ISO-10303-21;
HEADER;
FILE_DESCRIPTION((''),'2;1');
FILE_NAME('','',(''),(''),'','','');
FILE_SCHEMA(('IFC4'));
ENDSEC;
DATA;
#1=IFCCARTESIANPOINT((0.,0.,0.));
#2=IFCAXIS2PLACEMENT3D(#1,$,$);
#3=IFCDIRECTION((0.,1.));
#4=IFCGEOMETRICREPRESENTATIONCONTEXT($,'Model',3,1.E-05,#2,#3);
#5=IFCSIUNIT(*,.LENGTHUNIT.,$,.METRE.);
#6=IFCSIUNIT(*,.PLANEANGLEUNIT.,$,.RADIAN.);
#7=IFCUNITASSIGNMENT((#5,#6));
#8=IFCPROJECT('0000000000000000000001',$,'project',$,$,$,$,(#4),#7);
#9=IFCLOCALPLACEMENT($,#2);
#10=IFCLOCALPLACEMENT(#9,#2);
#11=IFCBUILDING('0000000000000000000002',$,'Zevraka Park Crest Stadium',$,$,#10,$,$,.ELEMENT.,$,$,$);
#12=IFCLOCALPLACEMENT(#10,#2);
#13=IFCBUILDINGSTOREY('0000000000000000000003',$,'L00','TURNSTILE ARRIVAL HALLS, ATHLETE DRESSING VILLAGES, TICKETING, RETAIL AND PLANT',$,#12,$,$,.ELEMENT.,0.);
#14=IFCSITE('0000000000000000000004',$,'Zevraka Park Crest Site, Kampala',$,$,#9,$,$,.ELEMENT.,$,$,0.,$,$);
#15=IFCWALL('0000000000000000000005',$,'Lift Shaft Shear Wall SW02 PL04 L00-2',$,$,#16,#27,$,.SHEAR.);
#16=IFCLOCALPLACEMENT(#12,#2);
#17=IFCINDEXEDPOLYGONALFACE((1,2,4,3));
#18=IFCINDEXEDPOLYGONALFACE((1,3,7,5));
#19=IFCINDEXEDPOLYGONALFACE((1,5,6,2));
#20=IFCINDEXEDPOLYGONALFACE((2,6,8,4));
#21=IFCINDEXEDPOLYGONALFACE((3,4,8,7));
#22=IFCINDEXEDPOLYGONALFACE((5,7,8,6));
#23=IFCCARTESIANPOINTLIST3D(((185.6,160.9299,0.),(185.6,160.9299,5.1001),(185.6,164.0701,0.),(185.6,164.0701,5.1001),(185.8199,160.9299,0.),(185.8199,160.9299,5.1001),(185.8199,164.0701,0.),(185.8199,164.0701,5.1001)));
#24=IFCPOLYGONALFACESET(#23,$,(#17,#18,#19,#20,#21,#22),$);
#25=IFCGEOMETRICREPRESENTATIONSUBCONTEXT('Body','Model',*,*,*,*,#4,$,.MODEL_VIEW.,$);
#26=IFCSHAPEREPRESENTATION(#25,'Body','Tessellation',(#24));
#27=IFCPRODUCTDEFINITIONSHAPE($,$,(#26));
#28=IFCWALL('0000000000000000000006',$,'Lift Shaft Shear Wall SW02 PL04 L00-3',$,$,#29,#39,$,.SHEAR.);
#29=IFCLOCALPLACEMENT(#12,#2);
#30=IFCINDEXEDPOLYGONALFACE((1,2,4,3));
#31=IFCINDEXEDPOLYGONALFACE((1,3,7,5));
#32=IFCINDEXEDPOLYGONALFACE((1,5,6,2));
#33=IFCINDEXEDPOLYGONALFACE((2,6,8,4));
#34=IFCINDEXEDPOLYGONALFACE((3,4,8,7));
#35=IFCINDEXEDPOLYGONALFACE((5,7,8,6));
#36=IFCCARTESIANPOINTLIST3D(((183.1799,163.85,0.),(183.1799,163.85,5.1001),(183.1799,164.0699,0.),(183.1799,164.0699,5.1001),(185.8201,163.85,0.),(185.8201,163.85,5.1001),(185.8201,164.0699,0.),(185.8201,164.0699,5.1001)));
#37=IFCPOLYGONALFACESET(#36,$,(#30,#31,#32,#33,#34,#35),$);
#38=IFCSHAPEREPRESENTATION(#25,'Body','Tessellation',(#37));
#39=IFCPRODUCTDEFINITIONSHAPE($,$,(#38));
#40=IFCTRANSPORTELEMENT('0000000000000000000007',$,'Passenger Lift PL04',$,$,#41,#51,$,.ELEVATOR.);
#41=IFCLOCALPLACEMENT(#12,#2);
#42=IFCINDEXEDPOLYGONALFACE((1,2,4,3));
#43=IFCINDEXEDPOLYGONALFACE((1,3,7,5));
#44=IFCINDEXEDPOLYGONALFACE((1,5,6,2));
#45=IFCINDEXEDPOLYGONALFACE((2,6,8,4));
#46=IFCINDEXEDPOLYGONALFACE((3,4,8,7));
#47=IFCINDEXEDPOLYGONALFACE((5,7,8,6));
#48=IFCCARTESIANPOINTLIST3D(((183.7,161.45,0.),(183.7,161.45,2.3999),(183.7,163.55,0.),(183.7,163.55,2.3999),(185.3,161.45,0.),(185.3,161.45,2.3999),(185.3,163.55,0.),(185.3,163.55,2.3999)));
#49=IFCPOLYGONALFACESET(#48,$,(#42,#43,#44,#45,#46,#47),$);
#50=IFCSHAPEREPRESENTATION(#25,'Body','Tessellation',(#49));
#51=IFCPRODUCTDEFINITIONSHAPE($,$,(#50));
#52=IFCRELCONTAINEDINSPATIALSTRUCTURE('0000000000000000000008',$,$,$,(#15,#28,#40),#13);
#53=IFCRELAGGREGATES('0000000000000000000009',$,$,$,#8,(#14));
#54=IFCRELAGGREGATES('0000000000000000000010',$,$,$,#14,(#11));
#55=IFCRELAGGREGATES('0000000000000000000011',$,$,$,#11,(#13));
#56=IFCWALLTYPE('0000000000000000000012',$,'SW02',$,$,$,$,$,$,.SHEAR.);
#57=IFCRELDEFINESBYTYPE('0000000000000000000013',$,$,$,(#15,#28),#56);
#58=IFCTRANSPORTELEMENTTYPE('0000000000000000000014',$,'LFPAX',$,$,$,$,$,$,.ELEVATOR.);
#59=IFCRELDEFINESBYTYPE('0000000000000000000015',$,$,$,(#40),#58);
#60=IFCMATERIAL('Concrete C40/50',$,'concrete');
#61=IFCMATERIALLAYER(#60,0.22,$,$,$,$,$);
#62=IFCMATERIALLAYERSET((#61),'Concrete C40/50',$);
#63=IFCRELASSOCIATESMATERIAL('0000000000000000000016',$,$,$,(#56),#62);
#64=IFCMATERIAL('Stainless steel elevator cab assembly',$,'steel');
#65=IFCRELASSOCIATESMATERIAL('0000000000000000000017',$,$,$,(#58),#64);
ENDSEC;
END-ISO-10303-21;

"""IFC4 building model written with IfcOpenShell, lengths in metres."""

from ifc_helpers import new_model, si_unit, direction, frame, frame_2d, origin, origin_2d, place, context, subcontext, project, spatial, rectangle, extrude, material, layer, layer_set, type_object, element, save


model = new_model("IFC4")

# Units and contexts
model_context = context("Model", 3, precision=1e-05, world=origin(), true_north=direction((0.0, 1.0)))
body_context = subcontext(model_context, "Body", "Model", "MODEL_VIEW")
ifc_project = project(units=[si_unit("LENGTHUNIT", "METRE"), si_unit("PLANEANGLEUNIT", "RADIAN")], contexts=[model_context])

# Site, building, storey
site_placement = place(None, origin())
site = spatial("IfcSite", under=ifc_project, at=site_placement, Name="Zevraka Park Crest Site, Kampala", CompositionType="ELEMENT", RefElevation=0.0)
building_placement = place(site_placement, origin())
building = spatial("IfcBuilding", under=site, at=building_placement, Name="Zevraka Park Crest Stadium", CompositionType="ELEMENT")
storey_placement = place(building_placement, origin())
storey = spatial("IfcBuildingStorey", under=building, at=storey_placement, Name="L00", Description="TURNSTILE ARRIVAL HALLS, ATHLETE DRESSING VILLAGES, TICKETING, RETAIL AND PLANT", CompositionType="ELEMENT", Elevation=0.0)

# Walls
ifc_material_1 = material(Name="Concrete C40/50", Category="concrete")
ifc_layer_1 = layer(ifc_material_1, 0.22)
ifc_layer_set_1 = layer_set([ifc_layer_1], Name="Concrete C40/50")
wall_type_1 = type_object("IfcWallType", Name="SW02", PredefinedType="SHEAR", material=ifc_layer_set_1)
wall_1_placement = place(storey_placement, frame((185.71, 160.9299, 0.0), z_axis=(0.0, 0.0, 1.0), x_axis=(0.0, 1.0, 0.0)))
element("IfcWall", 1, at=wall_1_placement, inside=storey, type_object=wall_type_1, Name="Lift Shaft Shear Wall SW02 PL04 L00-2", PredefinedType="SHEAR", context=body_context, shape_type="SweptSolid", body=[
    extrude(rectangle(XDim=3.1401, YDim=0.22, at=frame_2d((1.5701, 0.0))), origin(), (0.0, 0.0, 1.0), 5.1001),
])
wall_2_placement = place(storey_placement, frame((185.8201, 163.96, 0.0), z_axis=(0.0, 0.0, 1.0), x_axis=(-1.0, 0.0, 0.0)))
element("IfcWall", 2, at=wall_2_placement, inside=storey, type_object=wall_type_1, Name="Lift Shaft Shear Wall SW02 PL04 L00-3", PredefinedType="SHEAR", context=body_context, shape_type="SweptSolid", body=[
    extrude(rectangle(XDim=2.6401, YDim=0.22, at=frame_2d((1.3201, 0.0))), origin(), (0.0, 0.0, 1.0), 5.1001),
])

# Transport element
ifc_material_2 = material(Name="Stainless steel elevator cab assembly", Category="steel")
transport_element_type = type_object("IfcTransportElementType", Name="LFPAX", PredefinedType="ELEVATOR", material=ifc_material_2)
transport_element_placement = place(storey_placement, frame((184.5, 162.5, 0.0), z_axis=(0.0, 0.0, 1.0), x_axis=(1.0, 0.0, 0.0)))
element("IfcTransportElement", 3, at=transport_element_placement, inside=storey, type_object=transport_element_type, Name="Passenger Lift PL04", PredefinedType="ELEVATOR", context=body_context, shape_type="SweptSolid", body=[
    extrude(rectangle(XDim=1.6001, YDim=2.1001, at=origin_2d()), origin(), (0.0, 0.0, 1.0), 2.3999),
])

save(model, "model.ifc")
